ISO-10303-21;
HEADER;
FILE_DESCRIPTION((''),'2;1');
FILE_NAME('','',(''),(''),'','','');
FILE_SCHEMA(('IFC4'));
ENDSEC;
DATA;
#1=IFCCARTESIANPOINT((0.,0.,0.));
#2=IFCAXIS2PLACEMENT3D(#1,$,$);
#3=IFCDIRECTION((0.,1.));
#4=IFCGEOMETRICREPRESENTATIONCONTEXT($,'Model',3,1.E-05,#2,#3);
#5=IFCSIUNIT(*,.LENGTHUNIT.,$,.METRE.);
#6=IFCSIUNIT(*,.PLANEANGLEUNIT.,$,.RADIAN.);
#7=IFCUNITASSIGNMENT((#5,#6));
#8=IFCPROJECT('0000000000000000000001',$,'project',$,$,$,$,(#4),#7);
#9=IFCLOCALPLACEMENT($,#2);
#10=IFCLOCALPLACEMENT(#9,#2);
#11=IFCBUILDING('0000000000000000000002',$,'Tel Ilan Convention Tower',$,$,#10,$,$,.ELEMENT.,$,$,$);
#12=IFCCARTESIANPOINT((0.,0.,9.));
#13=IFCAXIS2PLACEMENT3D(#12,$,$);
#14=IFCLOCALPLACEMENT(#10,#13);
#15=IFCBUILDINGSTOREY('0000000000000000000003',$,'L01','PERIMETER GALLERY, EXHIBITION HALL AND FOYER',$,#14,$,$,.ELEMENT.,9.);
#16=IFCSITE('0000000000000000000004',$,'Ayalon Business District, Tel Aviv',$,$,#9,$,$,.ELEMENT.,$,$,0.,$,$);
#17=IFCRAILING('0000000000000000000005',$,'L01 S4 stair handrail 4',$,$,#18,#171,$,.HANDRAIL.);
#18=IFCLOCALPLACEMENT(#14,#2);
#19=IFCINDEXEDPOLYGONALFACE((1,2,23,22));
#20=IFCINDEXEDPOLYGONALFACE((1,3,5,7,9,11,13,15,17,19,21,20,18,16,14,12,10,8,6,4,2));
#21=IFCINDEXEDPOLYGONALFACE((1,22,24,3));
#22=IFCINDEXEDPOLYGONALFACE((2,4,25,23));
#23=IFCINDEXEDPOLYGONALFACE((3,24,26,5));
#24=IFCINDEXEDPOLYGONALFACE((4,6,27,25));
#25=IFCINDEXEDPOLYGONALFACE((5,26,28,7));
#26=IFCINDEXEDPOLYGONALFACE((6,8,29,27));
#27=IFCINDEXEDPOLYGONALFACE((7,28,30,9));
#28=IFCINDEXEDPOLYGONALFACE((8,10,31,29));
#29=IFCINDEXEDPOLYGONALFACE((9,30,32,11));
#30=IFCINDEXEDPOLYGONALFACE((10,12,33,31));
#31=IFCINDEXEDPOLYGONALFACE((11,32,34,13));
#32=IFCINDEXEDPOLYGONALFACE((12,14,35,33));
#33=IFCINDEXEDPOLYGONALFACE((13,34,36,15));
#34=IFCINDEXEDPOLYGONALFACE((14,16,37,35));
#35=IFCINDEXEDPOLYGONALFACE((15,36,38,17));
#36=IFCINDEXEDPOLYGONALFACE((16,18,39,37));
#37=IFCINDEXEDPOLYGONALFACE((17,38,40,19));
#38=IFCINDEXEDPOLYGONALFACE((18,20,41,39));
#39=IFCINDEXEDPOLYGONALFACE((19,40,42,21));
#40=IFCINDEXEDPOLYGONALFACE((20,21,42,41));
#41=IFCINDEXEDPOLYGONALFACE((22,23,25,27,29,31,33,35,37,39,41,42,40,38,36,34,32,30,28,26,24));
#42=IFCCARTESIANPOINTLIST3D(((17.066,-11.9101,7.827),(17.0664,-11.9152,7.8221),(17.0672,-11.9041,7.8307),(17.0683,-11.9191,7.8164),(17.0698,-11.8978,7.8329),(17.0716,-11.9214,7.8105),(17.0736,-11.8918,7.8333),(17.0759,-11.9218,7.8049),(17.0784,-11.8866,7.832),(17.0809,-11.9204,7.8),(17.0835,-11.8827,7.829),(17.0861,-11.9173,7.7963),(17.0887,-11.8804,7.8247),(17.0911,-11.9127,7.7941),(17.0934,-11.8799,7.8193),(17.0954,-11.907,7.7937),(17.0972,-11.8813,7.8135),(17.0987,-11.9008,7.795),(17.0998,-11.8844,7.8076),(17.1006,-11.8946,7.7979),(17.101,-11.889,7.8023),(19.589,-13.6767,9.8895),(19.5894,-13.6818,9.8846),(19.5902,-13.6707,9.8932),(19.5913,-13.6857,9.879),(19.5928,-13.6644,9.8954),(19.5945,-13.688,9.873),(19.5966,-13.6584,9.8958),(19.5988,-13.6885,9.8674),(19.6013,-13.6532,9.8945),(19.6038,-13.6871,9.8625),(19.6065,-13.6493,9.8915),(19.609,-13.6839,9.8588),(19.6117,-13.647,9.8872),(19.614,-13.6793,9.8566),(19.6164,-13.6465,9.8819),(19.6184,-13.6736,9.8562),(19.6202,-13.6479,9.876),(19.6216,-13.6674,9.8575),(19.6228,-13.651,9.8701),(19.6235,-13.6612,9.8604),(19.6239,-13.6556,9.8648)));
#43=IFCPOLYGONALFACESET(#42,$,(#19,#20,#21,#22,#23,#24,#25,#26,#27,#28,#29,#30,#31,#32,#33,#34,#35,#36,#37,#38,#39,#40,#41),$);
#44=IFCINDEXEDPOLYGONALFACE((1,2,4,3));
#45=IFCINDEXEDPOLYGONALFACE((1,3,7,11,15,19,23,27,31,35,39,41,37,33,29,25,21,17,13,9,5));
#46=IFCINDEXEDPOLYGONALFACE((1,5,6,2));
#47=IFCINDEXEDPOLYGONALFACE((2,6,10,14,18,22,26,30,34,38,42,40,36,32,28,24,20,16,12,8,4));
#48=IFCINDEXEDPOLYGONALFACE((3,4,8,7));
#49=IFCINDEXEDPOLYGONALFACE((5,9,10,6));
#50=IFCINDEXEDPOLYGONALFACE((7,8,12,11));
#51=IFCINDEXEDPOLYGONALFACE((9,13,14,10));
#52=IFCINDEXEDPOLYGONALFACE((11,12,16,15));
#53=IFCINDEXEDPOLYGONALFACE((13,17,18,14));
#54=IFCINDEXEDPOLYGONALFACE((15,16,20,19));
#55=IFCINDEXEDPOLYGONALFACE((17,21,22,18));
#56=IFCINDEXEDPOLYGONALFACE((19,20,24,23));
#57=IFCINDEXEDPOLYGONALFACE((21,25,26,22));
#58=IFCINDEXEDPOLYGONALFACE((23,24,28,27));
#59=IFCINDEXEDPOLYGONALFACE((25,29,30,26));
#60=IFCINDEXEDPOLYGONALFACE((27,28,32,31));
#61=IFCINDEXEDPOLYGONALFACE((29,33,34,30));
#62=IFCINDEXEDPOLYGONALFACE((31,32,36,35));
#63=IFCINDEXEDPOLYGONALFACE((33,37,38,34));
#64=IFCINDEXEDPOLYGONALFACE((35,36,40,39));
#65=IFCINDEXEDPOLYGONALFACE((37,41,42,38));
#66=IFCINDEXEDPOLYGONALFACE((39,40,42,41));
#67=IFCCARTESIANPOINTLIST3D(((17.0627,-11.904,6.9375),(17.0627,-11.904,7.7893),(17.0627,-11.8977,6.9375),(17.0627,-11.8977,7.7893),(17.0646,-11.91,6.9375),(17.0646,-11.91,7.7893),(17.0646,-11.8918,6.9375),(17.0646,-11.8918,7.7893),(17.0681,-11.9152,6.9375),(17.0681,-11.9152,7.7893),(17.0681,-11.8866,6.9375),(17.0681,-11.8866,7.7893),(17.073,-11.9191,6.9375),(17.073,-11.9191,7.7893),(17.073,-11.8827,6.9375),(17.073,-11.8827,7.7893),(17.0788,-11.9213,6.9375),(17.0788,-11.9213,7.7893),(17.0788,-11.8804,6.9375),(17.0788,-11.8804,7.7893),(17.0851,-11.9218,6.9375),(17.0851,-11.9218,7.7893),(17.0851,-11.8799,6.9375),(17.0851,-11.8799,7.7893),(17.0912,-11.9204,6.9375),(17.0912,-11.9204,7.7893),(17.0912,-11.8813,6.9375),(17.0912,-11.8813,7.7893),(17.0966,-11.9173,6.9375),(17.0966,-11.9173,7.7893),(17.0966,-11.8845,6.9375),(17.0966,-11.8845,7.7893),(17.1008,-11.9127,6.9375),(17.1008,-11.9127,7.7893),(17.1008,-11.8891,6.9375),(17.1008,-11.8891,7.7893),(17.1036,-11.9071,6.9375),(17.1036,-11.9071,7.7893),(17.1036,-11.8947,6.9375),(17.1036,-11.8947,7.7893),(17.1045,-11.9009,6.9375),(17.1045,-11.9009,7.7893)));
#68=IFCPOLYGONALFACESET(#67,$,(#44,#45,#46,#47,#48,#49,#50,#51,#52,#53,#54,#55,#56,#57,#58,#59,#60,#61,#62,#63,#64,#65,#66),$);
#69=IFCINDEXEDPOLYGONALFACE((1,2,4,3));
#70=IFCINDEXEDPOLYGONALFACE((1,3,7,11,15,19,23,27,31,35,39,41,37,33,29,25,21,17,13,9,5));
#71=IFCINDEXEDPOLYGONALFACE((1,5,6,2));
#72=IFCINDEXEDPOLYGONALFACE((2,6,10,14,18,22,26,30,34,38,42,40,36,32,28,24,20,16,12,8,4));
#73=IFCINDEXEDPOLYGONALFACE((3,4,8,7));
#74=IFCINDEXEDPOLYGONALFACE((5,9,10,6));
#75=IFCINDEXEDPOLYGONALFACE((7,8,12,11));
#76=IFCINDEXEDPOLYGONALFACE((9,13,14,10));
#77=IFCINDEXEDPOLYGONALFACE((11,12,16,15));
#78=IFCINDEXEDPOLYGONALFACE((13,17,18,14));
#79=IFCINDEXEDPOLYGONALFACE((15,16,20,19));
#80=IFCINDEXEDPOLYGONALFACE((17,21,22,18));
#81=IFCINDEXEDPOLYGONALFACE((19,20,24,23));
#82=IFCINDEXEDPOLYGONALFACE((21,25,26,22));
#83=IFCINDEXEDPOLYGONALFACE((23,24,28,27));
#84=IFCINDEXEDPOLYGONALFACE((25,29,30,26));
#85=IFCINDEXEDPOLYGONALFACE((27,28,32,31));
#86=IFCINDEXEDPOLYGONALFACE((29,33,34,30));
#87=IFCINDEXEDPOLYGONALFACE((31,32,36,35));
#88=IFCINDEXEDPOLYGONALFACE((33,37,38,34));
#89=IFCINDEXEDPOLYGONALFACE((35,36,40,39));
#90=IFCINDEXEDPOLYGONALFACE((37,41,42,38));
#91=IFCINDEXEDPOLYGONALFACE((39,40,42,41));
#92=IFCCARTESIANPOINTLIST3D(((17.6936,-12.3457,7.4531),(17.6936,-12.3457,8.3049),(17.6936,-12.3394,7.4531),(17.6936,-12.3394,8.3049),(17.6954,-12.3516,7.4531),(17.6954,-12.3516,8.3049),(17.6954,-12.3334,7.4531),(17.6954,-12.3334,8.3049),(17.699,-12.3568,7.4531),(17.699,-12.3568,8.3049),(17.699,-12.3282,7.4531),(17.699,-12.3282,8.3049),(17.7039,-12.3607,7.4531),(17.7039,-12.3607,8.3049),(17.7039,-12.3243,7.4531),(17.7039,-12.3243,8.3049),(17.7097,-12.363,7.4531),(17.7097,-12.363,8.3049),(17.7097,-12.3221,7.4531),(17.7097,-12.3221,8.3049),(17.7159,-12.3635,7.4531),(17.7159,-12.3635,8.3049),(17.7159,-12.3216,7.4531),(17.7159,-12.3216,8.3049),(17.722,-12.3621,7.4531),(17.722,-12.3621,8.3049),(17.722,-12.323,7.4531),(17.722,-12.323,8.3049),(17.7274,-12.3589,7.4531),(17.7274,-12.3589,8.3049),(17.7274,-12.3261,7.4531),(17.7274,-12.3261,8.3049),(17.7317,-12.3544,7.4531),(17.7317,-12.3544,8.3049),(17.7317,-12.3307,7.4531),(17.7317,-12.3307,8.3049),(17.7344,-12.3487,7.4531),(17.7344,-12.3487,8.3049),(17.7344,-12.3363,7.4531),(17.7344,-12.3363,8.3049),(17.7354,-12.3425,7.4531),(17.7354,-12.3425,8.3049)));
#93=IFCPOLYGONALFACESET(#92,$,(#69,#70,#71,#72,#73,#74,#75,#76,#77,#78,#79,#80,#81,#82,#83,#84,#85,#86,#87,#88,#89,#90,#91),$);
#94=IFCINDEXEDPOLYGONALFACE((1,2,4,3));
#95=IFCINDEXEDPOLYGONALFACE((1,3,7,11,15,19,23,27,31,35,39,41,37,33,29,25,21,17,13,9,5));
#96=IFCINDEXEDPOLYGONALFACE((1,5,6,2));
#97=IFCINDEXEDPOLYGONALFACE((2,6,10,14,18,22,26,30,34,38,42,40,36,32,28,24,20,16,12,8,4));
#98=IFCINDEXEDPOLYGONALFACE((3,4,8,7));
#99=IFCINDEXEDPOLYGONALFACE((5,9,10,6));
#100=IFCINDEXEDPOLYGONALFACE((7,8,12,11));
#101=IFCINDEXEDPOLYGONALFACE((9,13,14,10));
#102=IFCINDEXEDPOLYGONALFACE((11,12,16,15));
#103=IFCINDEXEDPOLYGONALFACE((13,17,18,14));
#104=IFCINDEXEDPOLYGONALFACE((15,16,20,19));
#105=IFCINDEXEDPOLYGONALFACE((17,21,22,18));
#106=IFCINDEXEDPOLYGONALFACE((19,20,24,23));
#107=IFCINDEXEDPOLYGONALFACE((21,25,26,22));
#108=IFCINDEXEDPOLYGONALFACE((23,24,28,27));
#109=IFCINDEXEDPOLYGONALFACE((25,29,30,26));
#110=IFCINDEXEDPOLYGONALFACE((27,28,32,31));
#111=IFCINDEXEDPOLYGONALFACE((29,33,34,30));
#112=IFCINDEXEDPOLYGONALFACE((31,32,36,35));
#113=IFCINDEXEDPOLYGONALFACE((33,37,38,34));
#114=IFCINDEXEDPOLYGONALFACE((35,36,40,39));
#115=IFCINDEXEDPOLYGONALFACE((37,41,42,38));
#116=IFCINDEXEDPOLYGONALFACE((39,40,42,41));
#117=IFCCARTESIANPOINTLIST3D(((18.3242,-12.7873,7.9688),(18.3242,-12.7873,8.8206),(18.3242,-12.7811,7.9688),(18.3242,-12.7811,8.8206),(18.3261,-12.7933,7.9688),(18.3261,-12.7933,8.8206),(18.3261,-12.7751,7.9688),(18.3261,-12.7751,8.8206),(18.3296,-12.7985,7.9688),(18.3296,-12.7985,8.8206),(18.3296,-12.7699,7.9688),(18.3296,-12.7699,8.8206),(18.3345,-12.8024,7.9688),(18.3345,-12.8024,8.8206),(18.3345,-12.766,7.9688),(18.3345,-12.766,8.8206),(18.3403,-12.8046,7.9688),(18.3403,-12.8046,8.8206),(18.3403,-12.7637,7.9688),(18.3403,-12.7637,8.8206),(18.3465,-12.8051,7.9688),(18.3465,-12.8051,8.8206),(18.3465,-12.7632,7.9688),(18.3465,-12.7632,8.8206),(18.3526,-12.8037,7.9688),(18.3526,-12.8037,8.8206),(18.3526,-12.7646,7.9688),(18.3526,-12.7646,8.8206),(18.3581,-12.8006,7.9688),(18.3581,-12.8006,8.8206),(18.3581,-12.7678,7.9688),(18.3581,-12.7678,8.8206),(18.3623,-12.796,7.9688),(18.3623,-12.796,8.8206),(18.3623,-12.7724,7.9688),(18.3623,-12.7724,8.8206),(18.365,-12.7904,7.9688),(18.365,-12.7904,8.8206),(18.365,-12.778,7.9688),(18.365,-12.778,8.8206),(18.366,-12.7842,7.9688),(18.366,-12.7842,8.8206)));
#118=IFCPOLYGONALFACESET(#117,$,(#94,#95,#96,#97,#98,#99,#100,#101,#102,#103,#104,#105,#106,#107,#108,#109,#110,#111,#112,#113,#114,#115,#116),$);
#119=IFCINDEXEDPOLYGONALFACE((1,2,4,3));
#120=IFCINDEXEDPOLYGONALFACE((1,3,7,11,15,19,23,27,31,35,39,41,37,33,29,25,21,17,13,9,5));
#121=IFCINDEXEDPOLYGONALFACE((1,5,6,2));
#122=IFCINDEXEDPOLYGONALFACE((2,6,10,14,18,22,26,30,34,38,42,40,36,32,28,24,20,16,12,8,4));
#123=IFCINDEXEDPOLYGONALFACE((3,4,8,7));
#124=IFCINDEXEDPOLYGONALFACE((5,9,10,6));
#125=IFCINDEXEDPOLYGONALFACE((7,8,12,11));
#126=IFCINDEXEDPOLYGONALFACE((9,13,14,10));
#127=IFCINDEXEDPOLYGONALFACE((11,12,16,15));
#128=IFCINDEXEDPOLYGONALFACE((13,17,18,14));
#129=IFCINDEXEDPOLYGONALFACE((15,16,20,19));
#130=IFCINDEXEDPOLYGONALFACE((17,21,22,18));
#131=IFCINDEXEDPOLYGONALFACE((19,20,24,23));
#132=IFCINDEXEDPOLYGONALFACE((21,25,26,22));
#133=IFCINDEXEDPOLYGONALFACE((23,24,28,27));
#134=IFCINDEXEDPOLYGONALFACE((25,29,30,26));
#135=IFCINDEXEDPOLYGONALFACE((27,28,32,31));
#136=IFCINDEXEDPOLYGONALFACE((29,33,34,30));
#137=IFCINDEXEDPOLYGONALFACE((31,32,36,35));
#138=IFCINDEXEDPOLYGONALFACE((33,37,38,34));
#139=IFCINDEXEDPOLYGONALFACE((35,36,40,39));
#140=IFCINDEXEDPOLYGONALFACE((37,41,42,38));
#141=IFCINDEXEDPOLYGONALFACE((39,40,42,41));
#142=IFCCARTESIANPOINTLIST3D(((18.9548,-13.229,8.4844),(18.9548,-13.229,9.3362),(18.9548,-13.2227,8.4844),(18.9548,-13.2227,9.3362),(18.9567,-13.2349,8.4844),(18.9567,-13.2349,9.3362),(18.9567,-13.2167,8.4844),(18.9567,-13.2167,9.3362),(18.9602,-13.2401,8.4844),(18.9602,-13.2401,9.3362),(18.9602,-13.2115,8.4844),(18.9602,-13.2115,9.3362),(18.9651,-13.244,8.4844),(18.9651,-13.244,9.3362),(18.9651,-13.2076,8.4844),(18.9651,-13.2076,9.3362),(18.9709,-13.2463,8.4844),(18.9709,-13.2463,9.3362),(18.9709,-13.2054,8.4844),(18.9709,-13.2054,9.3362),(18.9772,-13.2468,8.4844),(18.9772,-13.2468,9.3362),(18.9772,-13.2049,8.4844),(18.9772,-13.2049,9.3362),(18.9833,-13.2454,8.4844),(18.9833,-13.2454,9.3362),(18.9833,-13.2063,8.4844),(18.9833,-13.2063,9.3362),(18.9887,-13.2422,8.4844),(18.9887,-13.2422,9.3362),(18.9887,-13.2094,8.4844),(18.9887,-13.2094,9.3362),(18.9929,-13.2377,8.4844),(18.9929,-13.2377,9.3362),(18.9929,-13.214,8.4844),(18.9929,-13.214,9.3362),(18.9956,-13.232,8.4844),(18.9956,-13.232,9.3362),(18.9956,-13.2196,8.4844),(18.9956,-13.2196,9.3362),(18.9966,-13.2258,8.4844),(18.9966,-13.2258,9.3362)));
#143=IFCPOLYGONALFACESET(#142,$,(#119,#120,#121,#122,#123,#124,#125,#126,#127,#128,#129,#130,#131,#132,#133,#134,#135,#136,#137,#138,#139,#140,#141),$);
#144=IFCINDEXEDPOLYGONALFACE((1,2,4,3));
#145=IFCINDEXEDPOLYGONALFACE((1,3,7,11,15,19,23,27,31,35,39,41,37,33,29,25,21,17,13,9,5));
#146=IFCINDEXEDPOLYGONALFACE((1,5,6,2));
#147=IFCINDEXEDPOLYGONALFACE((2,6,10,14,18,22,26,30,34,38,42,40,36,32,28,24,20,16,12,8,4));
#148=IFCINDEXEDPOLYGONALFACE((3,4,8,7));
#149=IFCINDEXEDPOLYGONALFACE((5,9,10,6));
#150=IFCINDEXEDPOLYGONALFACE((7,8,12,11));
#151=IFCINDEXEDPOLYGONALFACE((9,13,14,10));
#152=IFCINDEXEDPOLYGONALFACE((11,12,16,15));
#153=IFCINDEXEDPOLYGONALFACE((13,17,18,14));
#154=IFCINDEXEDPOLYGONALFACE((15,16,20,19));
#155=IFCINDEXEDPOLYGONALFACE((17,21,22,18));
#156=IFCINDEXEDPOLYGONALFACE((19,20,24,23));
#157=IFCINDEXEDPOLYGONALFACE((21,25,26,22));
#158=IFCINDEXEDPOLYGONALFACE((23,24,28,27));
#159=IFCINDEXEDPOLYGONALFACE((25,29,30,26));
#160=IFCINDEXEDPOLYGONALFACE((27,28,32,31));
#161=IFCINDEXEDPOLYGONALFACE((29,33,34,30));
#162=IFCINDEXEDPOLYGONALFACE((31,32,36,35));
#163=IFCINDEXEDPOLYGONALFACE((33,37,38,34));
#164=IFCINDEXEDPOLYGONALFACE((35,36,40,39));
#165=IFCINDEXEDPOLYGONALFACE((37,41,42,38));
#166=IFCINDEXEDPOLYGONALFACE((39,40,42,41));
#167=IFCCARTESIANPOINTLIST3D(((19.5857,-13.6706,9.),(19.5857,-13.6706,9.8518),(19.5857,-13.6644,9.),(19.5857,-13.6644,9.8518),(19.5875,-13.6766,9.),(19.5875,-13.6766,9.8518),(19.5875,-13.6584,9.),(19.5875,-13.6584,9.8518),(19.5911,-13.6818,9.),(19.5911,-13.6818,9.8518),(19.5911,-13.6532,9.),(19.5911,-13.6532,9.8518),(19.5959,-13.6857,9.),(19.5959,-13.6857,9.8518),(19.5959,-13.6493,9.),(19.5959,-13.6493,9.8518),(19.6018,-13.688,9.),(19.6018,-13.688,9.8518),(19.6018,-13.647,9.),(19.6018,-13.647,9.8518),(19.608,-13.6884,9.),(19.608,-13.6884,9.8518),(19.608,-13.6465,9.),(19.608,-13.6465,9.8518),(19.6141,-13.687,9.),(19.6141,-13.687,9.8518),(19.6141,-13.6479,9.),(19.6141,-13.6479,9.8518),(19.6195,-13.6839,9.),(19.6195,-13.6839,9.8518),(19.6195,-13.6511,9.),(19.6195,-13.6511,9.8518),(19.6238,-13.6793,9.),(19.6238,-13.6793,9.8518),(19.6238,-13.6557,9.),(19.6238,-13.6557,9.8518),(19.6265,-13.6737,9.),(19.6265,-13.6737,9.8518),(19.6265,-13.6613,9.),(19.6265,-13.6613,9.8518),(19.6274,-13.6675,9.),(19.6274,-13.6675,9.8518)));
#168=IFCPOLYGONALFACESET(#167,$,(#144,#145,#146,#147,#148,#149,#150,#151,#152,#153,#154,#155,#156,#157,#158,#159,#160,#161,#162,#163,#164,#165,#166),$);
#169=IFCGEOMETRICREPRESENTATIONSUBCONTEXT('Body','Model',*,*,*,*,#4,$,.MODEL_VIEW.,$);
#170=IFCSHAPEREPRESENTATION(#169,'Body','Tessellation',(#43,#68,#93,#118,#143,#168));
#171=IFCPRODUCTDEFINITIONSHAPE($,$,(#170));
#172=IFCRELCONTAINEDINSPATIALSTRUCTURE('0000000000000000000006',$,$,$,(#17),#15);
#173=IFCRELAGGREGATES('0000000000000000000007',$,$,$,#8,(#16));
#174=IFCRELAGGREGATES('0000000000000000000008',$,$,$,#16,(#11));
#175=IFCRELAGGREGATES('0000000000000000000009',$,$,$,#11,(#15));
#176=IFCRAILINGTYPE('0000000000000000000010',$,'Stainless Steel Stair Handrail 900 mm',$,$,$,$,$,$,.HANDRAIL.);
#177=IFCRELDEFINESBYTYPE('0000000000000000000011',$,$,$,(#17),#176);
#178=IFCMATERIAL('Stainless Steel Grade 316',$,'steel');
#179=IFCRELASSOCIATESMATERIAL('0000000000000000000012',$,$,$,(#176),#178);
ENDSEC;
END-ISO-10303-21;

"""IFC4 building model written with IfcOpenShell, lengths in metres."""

from ifc_helpers import new_model, si_unit, direction, frame, origin, origin_2d, place, context, subcontext, project, spatial, circle, extrude, material, type_object, element, save


model = new_model("IFC4")

# Units and contexts
model_context = context("Model", 3, precision=1e-05, world=origin(), true_north=direction((0.0, 1.0)))
body_context = subcontext(model_context, "Body", "Model", "MODEL_VIEW")
ifc_project = project(units=[si_unit("LENGTHUNIT", "METRE"), si_unit("PLANEANGLEUNIT", "RADIAN")], contexts=[model_context])

# Site, building, storey
site_placement = place(None, origin())
site = spatial("IfcSite", under=ifc_project, at=site_placement, Name="Ayalon Business District, Tel Aviv", CompositionType="ELEMENT", RefElevation=0.0)
building_placement = place(site_placement, origin())
building = spatial("IfcBuilding", under=site, at=building_placement, Name="Tel Ilan Convention Tower", CompositionType="ELEMENT")
storey_placement = place(building_placement, frame((0.0, 0.0, 9.0)))
storey = spatial("IfcBuildingStorey", under=building, at=storey_placement, Name="L01", Description="PERIMETER GALLERY, EXHIBITION HALL AND FOYER", CompositionType="ELEMENT", Elevation=9.0)

# Railing
ifc_material_1 = material(Name="Stainless Steel Grade 316", Category="steel")
railing_type_1 = type_object("IfcRailingType", Name="Stainless Steel Stair Handrail 900 mm", PredefinedType="HANDRAIL", material=ifc_material_1)
for number, where, name in (
    (1, (17.0835, -11.9009, 6.9375), "L01 S4 stair handrail 4"),
):
    element("IfcRailing", number, at=place(storey_placement, frame(where)), inside=storey, type_object=railing_type_1, Name=name, PredefinedType="HANDRAIL", context=body_context, shape_type="SweptSolid", body=[
        extrude(circle(Radius=0.0239, at=origin_2d()), frame((0.0, 0.0, 0.876), z_axis=(0.680635, -0.476589, 0.556416), x_axis=(0.573579, 0.81915, 0.0)), (0.0, 0.0, 1.0), 3.7068),
        extrude(circle(Radius=0.021, at=origin_2d()), origin(), (0.0, 0.0, 1.0), 0.8518),
        extrude(circle(Radius=0.021, at=origin_2d()), frame((0.6309, -0.4417, 0.5156)), (0.0, 0.0, 1.0), 0.8518),
        extrude(circle(Radius=0.021, at=origin_2d()), frame((1.2615, -0.8833, 1.0312)), (0.0, 0.0, 1.0), 0.8518),
        extrude(circle(Radius=0.021, at=origin_2d()), frame((1.8921, -1.325, 1.5469)), (0.0, 0.0, 1.0), 0.8518),
        extrude(circle(Radius=0.021, at=origin_2d()), frame((2.5229, -1.7666, 2.0625)), (0.0, 0.0, 1.0), 0.8518),
    ])

save(model, "model.ifc")
